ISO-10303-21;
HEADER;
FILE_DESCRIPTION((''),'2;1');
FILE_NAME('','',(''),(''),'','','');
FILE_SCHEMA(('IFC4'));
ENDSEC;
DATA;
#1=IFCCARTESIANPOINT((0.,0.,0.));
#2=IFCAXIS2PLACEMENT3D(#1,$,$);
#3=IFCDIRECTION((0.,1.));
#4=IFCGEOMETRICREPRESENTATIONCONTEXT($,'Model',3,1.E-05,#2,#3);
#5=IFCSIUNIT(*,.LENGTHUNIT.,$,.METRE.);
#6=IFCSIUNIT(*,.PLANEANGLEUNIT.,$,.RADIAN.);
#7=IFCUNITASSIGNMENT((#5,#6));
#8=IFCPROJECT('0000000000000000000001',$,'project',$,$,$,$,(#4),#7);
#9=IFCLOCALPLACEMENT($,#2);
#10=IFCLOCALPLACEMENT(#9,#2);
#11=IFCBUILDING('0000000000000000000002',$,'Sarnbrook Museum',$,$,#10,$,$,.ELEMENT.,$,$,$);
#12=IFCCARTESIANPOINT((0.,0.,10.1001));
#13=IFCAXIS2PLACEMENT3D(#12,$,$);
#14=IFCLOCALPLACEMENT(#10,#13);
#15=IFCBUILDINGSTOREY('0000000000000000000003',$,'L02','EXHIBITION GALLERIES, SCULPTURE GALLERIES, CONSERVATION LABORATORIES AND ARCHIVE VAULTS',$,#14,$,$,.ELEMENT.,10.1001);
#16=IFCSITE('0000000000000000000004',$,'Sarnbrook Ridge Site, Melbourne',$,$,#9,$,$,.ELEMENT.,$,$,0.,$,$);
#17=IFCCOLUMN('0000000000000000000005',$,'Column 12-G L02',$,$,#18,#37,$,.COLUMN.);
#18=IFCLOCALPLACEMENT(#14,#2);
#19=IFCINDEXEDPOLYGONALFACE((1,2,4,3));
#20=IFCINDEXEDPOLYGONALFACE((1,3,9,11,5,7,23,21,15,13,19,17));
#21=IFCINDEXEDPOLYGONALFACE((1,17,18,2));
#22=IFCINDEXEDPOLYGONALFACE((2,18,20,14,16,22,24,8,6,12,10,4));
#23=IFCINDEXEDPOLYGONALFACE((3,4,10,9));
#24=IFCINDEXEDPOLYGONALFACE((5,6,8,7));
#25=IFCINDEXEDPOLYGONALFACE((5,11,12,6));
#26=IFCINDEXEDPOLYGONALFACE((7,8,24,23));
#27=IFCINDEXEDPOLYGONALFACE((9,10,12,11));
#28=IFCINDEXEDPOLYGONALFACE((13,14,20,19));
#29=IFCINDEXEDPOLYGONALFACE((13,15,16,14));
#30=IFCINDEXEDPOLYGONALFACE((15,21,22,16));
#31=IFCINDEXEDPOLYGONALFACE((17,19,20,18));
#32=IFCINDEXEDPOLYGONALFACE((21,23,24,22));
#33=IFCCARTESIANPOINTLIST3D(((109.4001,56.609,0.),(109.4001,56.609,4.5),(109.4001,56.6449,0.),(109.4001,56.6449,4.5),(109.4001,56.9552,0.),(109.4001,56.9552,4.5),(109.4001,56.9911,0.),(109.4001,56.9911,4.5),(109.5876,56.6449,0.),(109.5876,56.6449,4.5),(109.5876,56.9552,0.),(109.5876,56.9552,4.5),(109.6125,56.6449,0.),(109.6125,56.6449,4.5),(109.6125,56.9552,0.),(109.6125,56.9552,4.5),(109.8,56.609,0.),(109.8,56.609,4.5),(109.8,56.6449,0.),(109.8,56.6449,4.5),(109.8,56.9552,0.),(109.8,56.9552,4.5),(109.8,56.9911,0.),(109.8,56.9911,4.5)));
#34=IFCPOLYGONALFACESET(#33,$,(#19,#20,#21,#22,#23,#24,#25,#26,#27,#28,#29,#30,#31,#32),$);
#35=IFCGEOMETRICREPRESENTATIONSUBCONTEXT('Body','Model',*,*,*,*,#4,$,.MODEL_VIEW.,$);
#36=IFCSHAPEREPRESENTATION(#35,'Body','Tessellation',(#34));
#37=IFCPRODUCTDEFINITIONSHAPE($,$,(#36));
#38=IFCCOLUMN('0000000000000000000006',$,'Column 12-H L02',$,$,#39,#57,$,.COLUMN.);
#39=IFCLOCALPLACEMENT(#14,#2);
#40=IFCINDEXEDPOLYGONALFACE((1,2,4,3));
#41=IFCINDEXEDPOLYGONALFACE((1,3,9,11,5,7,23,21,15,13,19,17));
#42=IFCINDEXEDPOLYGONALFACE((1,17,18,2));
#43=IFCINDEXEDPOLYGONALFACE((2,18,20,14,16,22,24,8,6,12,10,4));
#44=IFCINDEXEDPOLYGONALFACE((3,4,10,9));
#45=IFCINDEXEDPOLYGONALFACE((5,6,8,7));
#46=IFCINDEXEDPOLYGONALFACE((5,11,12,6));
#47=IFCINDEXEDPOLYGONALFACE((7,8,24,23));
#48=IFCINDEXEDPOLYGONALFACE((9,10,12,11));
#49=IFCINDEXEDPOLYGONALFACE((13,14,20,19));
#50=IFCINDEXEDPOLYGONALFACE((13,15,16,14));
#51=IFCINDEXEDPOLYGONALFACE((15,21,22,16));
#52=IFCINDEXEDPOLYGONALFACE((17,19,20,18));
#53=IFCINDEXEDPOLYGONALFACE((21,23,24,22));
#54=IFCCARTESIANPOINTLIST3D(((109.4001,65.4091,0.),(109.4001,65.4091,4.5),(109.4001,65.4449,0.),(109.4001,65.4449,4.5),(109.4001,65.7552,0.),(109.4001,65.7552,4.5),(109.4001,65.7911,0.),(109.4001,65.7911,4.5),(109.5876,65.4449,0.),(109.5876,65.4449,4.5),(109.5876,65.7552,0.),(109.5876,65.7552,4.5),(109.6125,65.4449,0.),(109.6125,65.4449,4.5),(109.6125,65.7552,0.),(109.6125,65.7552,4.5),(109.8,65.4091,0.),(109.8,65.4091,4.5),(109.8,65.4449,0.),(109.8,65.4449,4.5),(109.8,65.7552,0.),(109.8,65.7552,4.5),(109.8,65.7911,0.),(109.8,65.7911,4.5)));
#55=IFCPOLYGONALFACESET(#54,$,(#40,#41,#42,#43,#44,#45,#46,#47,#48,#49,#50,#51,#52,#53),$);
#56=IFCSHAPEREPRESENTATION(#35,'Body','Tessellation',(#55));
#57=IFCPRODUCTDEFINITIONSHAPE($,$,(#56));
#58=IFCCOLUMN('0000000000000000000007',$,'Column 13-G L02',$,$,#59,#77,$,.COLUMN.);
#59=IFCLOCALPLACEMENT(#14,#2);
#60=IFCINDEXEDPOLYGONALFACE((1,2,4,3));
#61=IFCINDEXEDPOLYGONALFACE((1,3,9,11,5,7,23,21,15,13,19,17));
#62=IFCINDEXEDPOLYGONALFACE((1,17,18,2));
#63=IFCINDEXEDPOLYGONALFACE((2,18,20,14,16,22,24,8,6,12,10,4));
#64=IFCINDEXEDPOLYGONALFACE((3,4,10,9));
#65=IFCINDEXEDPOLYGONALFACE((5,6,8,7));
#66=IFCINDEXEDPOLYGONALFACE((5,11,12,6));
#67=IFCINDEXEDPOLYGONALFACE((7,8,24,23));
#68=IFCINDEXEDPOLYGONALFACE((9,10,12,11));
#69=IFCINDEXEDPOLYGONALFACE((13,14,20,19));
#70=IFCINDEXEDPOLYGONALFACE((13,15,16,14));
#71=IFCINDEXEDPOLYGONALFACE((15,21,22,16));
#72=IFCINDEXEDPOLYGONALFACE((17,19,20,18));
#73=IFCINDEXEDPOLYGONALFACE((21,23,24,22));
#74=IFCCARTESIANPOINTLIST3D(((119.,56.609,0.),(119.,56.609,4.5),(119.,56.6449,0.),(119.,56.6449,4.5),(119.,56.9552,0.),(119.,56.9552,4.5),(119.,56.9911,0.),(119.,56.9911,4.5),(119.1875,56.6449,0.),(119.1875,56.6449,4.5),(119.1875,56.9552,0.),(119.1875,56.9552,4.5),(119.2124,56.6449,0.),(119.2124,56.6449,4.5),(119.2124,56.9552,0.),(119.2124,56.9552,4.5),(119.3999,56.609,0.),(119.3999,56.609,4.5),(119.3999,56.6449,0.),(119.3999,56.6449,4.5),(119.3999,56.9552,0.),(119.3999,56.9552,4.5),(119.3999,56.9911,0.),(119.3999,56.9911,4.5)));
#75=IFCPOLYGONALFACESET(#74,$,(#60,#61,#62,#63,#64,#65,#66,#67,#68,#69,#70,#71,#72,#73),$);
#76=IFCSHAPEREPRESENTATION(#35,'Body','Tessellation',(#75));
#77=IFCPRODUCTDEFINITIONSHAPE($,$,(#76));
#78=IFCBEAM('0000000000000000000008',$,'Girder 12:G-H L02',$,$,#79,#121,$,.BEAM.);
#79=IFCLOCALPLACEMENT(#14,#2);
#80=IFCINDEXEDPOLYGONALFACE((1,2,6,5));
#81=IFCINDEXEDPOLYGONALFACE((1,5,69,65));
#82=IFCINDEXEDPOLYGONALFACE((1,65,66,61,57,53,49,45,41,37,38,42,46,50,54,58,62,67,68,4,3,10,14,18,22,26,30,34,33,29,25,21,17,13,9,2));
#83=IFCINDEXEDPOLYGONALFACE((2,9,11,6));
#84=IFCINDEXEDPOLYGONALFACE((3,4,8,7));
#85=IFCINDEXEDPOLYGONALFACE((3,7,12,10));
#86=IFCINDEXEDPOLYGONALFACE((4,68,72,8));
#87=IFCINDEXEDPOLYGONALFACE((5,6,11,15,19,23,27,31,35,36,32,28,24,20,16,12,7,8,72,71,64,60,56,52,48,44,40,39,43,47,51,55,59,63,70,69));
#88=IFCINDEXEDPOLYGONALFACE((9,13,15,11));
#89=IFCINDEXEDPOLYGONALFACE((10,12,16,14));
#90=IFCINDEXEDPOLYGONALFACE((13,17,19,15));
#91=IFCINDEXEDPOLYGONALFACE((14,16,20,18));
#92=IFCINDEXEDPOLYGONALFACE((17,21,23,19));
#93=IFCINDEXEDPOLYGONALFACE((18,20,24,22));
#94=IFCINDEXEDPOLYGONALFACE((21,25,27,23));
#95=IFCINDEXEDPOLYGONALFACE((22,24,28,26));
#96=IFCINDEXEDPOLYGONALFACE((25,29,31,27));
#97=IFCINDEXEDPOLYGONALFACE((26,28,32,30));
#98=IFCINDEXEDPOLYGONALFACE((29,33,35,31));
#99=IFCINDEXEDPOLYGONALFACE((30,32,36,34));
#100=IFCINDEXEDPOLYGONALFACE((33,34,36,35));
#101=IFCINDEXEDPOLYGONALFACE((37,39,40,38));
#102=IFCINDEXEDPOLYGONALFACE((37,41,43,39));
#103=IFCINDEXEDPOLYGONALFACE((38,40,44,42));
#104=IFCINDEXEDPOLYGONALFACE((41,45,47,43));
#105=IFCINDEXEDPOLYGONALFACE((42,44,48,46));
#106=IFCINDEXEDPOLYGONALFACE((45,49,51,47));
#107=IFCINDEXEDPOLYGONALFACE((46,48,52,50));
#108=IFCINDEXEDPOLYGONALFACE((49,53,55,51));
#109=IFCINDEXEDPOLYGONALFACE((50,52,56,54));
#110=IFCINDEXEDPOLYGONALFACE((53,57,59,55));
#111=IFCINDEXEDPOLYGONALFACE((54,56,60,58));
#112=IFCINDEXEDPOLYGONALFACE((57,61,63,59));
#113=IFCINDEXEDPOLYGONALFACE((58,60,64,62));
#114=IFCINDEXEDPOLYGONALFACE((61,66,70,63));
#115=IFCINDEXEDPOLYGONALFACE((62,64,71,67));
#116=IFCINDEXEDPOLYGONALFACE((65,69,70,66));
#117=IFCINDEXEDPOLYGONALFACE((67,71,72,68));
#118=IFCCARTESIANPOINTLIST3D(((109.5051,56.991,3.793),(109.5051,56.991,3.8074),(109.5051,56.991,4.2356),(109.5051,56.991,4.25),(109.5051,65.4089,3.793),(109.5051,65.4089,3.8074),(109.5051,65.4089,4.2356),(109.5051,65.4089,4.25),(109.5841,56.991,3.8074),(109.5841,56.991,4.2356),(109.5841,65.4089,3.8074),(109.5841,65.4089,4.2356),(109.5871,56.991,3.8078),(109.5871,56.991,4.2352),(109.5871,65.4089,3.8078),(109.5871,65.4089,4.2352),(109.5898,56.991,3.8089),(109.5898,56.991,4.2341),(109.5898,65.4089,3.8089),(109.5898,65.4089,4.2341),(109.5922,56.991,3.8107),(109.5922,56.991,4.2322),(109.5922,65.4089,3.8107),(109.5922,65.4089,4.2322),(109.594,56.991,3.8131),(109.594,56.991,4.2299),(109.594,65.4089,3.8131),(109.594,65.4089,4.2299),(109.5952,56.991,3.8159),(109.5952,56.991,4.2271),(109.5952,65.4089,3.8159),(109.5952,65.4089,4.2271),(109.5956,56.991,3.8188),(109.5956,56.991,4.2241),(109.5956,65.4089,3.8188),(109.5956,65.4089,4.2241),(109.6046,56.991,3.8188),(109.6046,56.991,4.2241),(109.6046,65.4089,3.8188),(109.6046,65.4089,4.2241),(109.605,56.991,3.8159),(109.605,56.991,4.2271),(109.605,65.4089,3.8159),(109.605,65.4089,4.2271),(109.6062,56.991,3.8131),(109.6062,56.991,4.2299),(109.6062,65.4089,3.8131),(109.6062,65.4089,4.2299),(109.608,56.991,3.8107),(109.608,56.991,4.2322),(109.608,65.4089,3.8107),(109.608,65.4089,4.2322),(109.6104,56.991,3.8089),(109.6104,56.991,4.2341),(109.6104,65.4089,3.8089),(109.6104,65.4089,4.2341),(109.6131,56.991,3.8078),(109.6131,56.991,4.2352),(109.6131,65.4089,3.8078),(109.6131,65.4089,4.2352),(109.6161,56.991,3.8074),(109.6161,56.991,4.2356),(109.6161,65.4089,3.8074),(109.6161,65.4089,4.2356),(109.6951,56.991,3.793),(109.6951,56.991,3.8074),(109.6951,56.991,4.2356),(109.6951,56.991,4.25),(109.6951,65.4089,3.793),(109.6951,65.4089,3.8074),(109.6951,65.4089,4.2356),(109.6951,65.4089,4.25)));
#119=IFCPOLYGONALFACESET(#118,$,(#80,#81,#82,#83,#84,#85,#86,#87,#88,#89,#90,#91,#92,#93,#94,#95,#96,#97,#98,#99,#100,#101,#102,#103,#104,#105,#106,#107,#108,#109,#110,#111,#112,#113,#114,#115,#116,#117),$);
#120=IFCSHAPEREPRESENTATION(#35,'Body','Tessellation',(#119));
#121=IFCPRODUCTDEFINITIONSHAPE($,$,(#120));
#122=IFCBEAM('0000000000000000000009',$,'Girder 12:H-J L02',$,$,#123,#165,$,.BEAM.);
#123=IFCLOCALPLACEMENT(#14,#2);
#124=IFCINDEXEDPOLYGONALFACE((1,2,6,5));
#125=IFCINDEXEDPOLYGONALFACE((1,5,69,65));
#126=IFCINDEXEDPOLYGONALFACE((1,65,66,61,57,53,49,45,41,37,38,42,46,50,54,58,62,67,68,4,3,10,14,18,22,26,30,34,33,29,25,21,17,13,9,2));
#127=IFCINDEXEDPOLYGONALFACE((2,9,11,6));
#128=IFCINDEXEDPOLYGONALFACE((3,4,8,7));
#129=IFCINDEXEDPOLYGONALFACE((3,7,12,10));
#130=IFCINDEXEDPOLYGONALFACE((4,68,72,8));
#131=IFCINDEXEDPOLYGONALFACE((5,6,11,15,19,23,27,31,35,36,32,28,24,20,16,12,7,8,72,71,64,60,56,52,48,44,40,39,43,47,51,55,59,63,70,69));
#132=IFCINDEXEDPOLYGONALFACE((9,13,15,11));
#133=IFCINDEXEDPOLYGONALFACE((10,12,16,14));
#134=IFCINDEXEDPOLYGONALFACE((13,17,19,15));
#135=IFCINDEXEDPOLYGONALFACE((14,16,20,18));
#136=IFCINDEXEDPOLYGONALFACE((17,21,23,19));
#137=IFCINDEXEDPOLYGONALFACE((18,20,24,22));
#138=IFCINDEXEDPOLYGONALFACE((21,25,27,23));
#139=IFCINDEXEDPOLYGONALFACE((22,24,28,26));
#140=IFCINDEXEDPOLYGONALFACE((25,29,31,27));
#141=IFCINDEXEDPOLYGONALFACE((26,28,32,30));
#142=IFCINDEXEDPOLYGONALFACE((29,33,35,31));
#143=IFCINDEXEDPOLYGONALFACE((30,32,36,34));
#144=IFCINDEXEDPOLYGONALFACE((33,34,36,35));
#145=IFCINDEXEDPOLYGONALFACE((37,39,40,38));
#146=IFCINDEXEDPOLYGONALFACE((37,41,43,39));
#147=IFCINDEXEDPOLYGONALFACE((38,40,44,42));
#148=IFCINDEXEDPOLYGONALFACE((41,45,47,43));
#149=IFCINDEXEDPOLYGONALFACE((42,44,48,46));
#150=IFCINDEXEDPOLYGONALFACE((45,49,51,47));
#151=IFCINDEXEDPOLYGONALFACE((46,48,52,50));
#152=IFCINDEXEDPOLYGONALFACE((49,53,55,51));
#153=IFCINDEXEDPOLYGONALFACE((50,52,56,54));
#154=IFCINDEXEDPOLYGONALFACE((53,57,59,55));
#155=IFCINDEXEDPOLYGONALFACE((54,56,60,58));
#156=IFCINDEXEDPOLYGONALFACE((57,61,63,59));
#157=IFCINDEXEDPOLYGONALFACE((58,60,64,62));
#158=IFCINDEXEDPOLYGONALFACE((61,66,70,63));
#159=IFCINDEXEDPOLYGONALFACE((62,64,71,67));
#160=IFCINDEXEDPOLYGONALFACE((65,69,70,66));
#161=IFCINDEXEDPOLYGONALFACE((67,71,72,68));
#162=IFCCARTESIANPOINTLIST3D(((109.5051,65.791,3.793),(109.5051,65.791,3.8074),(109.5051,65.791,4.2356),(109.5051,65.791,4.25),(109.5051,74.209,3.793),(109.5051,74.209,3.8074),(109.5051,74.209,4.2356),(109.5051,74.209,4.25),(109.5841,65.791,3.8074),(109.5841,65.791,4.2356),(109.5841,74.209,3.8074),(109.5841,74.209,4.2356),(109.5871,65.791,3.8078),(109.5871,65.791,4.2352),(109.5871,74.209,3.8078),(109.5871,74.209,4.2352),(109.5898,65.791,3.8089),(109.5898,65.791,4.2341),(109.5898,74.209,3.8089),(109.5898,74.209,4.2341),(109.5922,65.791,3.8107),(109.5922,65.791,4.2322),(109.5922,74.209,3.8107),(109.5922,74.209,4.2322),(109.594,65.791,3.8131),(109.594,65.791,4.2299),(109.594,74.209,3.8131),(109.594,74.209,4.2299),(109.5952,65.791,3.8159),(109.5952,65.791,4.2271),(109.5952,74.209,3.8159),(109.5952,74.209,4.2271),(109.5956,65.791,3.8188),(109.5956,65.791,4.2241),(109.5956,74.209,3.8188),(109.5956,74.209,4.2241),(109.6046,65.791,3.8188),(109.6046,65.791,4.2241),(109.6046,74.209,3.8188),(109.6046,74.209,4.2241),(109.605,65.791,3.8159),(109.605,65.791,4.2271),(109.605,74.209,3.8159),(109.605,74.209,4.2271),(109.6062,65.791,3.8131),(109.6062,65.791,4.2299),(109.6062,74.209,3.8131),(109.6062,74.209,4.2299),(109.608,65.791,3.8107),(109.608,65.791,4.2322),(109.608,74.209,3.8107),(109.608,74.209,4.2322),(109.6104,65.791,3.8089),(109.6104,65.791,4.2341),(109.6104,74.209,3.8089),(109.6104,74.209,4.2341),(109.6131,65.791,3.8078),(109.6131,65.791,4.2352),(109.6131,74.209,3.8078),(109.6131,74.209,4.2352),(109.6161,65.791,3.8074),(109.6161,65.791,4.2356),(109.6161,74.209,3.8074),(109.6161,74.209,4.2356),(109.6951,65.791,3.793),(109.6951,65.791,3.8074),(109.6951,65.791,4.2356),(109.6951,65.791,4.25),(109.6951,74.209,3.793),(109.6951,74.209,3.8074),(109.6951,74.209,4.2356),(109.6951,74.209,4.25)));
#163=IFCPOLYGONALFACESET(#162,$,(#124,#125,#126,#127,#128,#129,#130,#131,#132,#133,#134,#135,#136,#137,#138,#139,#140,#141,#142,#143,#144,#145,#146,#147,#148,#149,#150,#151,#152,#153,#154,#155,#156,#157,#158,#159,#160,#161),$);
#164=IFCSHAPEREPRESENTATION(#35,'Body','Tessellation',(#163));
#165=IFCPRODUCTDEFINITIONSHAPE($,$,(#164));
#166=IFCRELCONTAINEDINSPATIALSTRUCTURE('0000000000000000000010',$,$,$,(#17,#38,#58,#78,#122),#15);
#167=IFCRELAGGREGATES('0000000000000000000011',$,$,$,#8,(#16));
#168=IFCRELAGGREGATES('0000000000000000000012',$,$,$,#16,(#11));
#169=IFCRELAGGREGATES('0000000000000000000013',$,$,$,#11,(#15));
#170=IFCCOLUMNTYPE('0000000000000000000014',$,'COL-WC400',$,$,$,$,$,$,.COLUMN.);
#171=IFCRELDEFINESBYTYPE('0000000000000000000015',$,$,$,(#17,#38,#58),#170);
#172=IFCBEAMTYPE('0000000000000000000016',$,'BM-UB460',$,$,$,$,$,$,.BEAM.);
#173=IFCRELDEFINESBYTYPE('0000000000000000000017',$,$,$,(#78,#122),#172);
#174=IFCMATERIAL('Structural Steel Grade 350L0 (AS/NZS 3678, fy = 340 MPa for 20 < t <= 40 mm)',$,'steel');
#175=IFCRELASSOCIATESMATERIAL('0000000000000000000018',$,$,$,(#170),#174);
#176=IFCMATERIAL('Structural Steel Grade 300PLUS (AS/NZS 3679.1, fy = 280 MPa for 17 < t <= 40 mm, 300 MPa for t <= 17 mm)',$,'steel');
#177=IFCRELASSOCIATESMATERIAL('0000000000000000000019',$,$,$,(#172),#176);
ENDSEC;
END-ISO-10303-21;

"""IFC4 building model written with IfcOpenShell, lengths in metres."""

from ifc_helpers import new_model, si_unit, direction, frame, origin, origin_2d, place, context, subcontext, project, spatial, i_section, extrude, material, material_profile, profile_set, type_object, element, save


model = new_model("IFC4")

# Units and contexts
model_context = context("Model", 3, precision=1e-05, world=origin(), true_north=direction((0.0, 1.0)))
body_context = subcontext(model_context, "Body", "Model", "MODEL_VIEW")
ifc_project = project(units=[si_unit("LENGTHUNIT", "METRE"), si_unit("PLANEANGLEUNIT", "RADIAN")], contexts=[model_context])

# Site, building, storey
site_placement = place(None, origin())
site = spatial("IfcSite", under=ifc_project, at=site_placement, Name="Sarnbrook Ridge Site, Melbourne", CompositionType="ELEMENT", RefElevation=0.0)
building_placement = place(site_placement, origin())
building = spatial("IfcBuilding", under=site, at=building_placement, Name="Sarnbrook Museum", CompositionType="ELEMENT")
storey_placement = place(building_placement, frame((0.0, 0.0, 10.1001)))
storey = spatial("IfcBuildingStorey", under=building, at=storey_placement, Name="L02", Description="EXHIBITION GALLERIES, SCULPTURE GALLERIES, CONSERVATION LABORATORIES AND ARCHIVE VAULTS", CompositionType="ELEMENT", Elevation=10.1001)

# Columns
ifc_material_1 = material(Name="Structural Steel Grade 350L0 (AS/NZS 3678, fy = 340 MPa for 20 < t <= 40 mm)", Category="steel")
ifc_material_profile_1 = material_profile(ifc_material_1, i_section(OverallWidth=0.3999, OverallDepth=0.3821, WebThickness=0.0249, FlangeThickness=0.0359, at=origin_2d()), Name="400WC270")
ifc_profile_set_1 = profile_set([ifc_material_profile_1], Name="Structural Steel Grade 350L0 (AS/NZS 3678, fy = 340 MPa for 20 < t <= 40 mm)")
column_type = type_object("IfcColumnType", Name="COL-WC400", PredefinedType="COLUMN", material=ifc_profile_set_1)
for number, where, z_axis, x_axis, name in (
    (1, (109.6001, 56.8, 0.0), (0.0, 0.0, 1.0), (1.0, 0.0, 0.0), "Column 12-G L02"),
    (2, (109.6001, 65.6001, 0.0), (0.0, 0.0, 1.0), (1.0, 0.0, 0.0), "Column 12-H L02"),
    (3, (119.2, 56.8, 0.0), (0.0, 0.0, 1.0), (1.0, 0.0, 0.0), "Column 13-G L02"),
):
    element("IfcColumn", number, at=place(storey_placement, frame(where, z_axis=z_axis, x_axis=x_axis)), inside=storey, type_object=column_type, Name=name, PredefinedType="COLUMN", context=body_context, shape_type="SweptSolid", body=[
        extrude(i_section(OverallWidth=0.3999, OverallDepth=0.3821, WebThickness=0.0249, FlangeThickness=0.0359, at=origin_2d()), origin(), (0.0, 0.0, 1.0), 4.5),
    ])

# Beams
ifc_material_2 = material(Name="Structural Steel Grade 300PLUS (AS/NZS 3679.1, fy = 280 MPa for 17 < t <= 40 mm, 300 MPa for t <= 17 mm)", Category="steel")
ifc_material_profile_2 = material_profile(ifc_material_2, i_section(OverallWidth=0.1899, OverallDepth=0.457, WebThickness=0.009, FlangeThickness=0.0144, FilletRadius=0.0115, at=origin_2d()), Name="460UB74.6")
ifc_profile_set_2 = profile_set([ifc_material_profile_2], Name="Structural Steel Grade 300PLUS (AS/NZS 3679.1, fy = 280 MPa for 17 < t <= 40 mm, 300 MPa for t <= 17 mm)")
beam_type_1 = type_object("IfcBeamType", Name="BM-UB460", PredefinedType="BEAM", material=ifc_profile_set_2)
for number, where, z_axis, x_axis, name in (
    (4, (109.6001, 56.991, 4.0215), (0.0, 1.0, 0.0), (-1.0, 0.0, 0.0), "Girder 12:G-H L02"),
    (5, (109.6001, 65.791, 4.0215), (0.0, 1.0, 0.0), (-1.0, 0.0, 0.0), "Girder 12:H-J L02"),
):
    element("IfcBeam", number, at=place(storey_placement, frame(where, z_axis=z_axis, x_axis=x_axis)), inside=storey, type_object=beam_type_1, Name=name, PredefinedType="BEAM", context=body_context, shape_type="SweptSolid", body=[
        extrude(i_section(OverallWidth=0.1899, OverallDepth=0.457, WebThickness=0.009, FlangeThickness=0.0144, FilletRadius=0.0115, at=origin_2d()), origin(), (0.0, 0.0, 1.0), 8.418),
    ])

save(model, "model.ifc")
